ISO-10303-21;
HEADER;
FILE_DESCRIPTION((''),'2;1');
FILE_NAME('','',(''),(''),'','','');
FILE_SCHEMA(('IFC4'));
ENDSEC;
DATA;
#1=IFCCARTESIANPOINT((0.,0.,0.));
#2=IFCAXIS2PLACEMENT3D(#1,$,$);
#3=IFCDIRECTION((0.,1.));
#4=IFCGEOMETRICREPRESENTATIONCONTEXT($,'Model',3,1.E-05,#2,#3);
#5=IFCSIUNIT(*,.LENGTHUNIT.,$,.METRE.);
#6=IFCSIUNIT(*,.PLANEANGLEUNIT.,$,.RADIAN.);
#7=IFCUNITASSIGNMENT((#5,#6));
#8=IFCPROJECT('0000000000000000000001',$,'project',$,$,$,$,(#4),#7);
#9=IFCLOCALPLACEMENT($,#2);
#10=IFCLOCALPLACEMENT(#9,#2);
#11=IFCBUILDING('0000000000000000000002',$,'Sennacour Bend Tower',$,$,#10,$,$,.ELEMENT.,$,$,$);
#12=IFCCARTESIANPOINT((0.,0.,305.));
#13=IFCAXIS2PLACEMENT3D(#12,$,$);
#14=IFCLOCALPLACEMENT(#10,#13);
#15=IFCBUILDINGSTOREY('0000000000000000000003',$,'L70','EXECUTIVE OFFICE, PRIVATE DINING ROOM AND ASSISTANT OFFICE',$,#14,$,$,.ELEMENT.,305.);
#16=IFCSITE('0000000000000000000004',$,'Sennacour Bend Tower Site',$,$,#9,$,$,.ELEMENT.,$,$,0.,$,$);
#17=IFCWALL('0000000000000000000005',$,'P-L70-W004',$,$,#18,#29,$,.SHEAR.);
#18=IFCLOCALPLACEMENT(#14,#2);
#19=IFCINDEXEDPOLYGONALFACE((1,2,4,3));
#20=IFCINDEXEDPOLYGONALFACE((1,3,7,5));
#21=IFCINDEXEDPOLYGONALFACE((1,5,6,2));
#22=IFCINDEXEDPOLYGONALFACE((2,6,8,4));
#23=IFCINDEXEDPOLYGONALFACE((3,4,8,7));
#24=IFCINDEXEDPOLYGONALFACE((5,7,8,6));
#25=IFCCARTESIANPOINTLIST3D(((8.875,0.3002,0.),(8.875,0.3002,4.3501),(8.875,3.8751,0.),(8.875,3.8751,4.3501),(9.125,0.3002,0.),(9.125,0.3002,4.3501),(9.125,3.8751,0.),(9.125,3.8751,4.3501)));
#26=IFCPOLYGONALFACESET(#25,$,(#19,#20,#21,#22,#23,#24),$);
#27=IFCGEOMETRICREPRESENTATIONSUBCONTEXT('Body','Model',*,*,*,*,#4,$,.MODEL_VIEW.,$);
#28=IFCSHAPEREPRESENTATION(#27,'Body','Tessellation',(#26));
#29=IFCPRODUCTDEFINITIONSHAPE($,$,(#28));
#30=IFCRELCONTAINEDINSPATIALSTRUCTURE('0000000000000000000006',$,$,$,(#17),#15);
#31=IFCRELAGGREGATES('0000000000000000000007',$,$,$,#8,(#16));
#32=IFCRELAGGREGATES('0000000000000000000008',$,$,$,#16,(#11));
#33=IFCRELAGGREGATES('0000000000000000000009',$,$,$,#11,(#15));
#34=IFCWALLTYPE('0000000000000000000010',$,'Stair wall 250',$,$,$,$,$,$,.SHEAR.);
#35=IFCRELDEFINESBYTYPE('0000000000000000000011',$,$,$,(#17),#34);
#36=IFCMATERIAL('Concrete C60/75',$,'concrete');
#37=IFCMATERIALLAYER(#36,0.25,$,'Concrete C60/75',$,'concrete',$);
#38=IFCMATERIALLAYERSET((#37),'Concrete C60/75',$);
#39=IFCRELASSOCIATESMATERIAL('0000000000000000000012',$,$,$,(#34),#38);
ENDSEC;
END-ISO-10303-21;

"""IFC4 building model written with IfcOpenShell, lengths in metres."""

from ifc_helpers import new_model, si_unit, direction, frame, frame_2d, origin, place, context, subcontext, project, spatial, rectangle, extrude, material, layer, layer_set, type_object, element, save


model = new_model("IFC4")

# Units and contexts
model_context = context("Model", 3, precision=1e-05, world=origin(), true_north=direction((0.0, 1.0)))
body_context = subcontext(model_context, "Body", "Model", "MODEL_VIEW")
ifc_project = project(units=[si_unit("LENGTHUNIT", "METRE"), si_unit("PLANEANGLEUNIT", "RADIAN")], contexts=[model_context])

# Site, building, storey
site_placement = place(None, origin())
site = spatial("IfcSite", under=ifc_project, at=site_placement, Name="Sennacour Bend Tower Site", CompositionType="ELEMENT", RefElevation=0.0)
building_placement = place(site_placement, origin())
building = spatial("IfcBuilding", under=site, at=building_placement, Name="Sennacour Bend Tower", CompositionType="ELEMENT")
storey_placement = place(building_placement, frame((0.0, 0.0, 305.0)))
storey = spatial("IfcBuildingStorey", under=building, at=storey_placement, Name="L70", Description="EXECUTIVE OFFICE, PRIVATE DINING ROOM AND ASSISTANT OFFICE", CompositionType="ELEMENT", Elevation=305.0)

# Wall
ifc_material_1 = material(Name="Concrete C60/75", Category="concrete")
ifc_layer_1 = layer(ifc_material_1, 0.25, Name="Concrete C60/75", Category="concrete")
ifc_layer_set_1 = layer_set([ifc_layer_1], Name="Concrete C60/75")
wall_type = type_object("IfcWallType", Name="Stair wall 250", PredefinedType="SHEAR", material=ifc_layer_set_1)
wall_placement = place(storey_placement, frame((9.0, 0.3, 0.0), z_axis=(0.0, 0.0, 1.0), x_axis=(0.0, 1.0, 0.0)))
element("IfcWall", 1, at=wall_placement, inside=storey, type_object=wall_type, Name="P-L70-W004", PredefinedType="SHEAR", context=body_context, shape_type="SweptSolid", body=[
    extrude(rectangle(XDim=3.575, YDim=0.25, at=frame_2d((1.7876, 0.0))), origin(), (0.0, 0.0, 1.0), 4.3501),
])

save(model, "model.ifc")
